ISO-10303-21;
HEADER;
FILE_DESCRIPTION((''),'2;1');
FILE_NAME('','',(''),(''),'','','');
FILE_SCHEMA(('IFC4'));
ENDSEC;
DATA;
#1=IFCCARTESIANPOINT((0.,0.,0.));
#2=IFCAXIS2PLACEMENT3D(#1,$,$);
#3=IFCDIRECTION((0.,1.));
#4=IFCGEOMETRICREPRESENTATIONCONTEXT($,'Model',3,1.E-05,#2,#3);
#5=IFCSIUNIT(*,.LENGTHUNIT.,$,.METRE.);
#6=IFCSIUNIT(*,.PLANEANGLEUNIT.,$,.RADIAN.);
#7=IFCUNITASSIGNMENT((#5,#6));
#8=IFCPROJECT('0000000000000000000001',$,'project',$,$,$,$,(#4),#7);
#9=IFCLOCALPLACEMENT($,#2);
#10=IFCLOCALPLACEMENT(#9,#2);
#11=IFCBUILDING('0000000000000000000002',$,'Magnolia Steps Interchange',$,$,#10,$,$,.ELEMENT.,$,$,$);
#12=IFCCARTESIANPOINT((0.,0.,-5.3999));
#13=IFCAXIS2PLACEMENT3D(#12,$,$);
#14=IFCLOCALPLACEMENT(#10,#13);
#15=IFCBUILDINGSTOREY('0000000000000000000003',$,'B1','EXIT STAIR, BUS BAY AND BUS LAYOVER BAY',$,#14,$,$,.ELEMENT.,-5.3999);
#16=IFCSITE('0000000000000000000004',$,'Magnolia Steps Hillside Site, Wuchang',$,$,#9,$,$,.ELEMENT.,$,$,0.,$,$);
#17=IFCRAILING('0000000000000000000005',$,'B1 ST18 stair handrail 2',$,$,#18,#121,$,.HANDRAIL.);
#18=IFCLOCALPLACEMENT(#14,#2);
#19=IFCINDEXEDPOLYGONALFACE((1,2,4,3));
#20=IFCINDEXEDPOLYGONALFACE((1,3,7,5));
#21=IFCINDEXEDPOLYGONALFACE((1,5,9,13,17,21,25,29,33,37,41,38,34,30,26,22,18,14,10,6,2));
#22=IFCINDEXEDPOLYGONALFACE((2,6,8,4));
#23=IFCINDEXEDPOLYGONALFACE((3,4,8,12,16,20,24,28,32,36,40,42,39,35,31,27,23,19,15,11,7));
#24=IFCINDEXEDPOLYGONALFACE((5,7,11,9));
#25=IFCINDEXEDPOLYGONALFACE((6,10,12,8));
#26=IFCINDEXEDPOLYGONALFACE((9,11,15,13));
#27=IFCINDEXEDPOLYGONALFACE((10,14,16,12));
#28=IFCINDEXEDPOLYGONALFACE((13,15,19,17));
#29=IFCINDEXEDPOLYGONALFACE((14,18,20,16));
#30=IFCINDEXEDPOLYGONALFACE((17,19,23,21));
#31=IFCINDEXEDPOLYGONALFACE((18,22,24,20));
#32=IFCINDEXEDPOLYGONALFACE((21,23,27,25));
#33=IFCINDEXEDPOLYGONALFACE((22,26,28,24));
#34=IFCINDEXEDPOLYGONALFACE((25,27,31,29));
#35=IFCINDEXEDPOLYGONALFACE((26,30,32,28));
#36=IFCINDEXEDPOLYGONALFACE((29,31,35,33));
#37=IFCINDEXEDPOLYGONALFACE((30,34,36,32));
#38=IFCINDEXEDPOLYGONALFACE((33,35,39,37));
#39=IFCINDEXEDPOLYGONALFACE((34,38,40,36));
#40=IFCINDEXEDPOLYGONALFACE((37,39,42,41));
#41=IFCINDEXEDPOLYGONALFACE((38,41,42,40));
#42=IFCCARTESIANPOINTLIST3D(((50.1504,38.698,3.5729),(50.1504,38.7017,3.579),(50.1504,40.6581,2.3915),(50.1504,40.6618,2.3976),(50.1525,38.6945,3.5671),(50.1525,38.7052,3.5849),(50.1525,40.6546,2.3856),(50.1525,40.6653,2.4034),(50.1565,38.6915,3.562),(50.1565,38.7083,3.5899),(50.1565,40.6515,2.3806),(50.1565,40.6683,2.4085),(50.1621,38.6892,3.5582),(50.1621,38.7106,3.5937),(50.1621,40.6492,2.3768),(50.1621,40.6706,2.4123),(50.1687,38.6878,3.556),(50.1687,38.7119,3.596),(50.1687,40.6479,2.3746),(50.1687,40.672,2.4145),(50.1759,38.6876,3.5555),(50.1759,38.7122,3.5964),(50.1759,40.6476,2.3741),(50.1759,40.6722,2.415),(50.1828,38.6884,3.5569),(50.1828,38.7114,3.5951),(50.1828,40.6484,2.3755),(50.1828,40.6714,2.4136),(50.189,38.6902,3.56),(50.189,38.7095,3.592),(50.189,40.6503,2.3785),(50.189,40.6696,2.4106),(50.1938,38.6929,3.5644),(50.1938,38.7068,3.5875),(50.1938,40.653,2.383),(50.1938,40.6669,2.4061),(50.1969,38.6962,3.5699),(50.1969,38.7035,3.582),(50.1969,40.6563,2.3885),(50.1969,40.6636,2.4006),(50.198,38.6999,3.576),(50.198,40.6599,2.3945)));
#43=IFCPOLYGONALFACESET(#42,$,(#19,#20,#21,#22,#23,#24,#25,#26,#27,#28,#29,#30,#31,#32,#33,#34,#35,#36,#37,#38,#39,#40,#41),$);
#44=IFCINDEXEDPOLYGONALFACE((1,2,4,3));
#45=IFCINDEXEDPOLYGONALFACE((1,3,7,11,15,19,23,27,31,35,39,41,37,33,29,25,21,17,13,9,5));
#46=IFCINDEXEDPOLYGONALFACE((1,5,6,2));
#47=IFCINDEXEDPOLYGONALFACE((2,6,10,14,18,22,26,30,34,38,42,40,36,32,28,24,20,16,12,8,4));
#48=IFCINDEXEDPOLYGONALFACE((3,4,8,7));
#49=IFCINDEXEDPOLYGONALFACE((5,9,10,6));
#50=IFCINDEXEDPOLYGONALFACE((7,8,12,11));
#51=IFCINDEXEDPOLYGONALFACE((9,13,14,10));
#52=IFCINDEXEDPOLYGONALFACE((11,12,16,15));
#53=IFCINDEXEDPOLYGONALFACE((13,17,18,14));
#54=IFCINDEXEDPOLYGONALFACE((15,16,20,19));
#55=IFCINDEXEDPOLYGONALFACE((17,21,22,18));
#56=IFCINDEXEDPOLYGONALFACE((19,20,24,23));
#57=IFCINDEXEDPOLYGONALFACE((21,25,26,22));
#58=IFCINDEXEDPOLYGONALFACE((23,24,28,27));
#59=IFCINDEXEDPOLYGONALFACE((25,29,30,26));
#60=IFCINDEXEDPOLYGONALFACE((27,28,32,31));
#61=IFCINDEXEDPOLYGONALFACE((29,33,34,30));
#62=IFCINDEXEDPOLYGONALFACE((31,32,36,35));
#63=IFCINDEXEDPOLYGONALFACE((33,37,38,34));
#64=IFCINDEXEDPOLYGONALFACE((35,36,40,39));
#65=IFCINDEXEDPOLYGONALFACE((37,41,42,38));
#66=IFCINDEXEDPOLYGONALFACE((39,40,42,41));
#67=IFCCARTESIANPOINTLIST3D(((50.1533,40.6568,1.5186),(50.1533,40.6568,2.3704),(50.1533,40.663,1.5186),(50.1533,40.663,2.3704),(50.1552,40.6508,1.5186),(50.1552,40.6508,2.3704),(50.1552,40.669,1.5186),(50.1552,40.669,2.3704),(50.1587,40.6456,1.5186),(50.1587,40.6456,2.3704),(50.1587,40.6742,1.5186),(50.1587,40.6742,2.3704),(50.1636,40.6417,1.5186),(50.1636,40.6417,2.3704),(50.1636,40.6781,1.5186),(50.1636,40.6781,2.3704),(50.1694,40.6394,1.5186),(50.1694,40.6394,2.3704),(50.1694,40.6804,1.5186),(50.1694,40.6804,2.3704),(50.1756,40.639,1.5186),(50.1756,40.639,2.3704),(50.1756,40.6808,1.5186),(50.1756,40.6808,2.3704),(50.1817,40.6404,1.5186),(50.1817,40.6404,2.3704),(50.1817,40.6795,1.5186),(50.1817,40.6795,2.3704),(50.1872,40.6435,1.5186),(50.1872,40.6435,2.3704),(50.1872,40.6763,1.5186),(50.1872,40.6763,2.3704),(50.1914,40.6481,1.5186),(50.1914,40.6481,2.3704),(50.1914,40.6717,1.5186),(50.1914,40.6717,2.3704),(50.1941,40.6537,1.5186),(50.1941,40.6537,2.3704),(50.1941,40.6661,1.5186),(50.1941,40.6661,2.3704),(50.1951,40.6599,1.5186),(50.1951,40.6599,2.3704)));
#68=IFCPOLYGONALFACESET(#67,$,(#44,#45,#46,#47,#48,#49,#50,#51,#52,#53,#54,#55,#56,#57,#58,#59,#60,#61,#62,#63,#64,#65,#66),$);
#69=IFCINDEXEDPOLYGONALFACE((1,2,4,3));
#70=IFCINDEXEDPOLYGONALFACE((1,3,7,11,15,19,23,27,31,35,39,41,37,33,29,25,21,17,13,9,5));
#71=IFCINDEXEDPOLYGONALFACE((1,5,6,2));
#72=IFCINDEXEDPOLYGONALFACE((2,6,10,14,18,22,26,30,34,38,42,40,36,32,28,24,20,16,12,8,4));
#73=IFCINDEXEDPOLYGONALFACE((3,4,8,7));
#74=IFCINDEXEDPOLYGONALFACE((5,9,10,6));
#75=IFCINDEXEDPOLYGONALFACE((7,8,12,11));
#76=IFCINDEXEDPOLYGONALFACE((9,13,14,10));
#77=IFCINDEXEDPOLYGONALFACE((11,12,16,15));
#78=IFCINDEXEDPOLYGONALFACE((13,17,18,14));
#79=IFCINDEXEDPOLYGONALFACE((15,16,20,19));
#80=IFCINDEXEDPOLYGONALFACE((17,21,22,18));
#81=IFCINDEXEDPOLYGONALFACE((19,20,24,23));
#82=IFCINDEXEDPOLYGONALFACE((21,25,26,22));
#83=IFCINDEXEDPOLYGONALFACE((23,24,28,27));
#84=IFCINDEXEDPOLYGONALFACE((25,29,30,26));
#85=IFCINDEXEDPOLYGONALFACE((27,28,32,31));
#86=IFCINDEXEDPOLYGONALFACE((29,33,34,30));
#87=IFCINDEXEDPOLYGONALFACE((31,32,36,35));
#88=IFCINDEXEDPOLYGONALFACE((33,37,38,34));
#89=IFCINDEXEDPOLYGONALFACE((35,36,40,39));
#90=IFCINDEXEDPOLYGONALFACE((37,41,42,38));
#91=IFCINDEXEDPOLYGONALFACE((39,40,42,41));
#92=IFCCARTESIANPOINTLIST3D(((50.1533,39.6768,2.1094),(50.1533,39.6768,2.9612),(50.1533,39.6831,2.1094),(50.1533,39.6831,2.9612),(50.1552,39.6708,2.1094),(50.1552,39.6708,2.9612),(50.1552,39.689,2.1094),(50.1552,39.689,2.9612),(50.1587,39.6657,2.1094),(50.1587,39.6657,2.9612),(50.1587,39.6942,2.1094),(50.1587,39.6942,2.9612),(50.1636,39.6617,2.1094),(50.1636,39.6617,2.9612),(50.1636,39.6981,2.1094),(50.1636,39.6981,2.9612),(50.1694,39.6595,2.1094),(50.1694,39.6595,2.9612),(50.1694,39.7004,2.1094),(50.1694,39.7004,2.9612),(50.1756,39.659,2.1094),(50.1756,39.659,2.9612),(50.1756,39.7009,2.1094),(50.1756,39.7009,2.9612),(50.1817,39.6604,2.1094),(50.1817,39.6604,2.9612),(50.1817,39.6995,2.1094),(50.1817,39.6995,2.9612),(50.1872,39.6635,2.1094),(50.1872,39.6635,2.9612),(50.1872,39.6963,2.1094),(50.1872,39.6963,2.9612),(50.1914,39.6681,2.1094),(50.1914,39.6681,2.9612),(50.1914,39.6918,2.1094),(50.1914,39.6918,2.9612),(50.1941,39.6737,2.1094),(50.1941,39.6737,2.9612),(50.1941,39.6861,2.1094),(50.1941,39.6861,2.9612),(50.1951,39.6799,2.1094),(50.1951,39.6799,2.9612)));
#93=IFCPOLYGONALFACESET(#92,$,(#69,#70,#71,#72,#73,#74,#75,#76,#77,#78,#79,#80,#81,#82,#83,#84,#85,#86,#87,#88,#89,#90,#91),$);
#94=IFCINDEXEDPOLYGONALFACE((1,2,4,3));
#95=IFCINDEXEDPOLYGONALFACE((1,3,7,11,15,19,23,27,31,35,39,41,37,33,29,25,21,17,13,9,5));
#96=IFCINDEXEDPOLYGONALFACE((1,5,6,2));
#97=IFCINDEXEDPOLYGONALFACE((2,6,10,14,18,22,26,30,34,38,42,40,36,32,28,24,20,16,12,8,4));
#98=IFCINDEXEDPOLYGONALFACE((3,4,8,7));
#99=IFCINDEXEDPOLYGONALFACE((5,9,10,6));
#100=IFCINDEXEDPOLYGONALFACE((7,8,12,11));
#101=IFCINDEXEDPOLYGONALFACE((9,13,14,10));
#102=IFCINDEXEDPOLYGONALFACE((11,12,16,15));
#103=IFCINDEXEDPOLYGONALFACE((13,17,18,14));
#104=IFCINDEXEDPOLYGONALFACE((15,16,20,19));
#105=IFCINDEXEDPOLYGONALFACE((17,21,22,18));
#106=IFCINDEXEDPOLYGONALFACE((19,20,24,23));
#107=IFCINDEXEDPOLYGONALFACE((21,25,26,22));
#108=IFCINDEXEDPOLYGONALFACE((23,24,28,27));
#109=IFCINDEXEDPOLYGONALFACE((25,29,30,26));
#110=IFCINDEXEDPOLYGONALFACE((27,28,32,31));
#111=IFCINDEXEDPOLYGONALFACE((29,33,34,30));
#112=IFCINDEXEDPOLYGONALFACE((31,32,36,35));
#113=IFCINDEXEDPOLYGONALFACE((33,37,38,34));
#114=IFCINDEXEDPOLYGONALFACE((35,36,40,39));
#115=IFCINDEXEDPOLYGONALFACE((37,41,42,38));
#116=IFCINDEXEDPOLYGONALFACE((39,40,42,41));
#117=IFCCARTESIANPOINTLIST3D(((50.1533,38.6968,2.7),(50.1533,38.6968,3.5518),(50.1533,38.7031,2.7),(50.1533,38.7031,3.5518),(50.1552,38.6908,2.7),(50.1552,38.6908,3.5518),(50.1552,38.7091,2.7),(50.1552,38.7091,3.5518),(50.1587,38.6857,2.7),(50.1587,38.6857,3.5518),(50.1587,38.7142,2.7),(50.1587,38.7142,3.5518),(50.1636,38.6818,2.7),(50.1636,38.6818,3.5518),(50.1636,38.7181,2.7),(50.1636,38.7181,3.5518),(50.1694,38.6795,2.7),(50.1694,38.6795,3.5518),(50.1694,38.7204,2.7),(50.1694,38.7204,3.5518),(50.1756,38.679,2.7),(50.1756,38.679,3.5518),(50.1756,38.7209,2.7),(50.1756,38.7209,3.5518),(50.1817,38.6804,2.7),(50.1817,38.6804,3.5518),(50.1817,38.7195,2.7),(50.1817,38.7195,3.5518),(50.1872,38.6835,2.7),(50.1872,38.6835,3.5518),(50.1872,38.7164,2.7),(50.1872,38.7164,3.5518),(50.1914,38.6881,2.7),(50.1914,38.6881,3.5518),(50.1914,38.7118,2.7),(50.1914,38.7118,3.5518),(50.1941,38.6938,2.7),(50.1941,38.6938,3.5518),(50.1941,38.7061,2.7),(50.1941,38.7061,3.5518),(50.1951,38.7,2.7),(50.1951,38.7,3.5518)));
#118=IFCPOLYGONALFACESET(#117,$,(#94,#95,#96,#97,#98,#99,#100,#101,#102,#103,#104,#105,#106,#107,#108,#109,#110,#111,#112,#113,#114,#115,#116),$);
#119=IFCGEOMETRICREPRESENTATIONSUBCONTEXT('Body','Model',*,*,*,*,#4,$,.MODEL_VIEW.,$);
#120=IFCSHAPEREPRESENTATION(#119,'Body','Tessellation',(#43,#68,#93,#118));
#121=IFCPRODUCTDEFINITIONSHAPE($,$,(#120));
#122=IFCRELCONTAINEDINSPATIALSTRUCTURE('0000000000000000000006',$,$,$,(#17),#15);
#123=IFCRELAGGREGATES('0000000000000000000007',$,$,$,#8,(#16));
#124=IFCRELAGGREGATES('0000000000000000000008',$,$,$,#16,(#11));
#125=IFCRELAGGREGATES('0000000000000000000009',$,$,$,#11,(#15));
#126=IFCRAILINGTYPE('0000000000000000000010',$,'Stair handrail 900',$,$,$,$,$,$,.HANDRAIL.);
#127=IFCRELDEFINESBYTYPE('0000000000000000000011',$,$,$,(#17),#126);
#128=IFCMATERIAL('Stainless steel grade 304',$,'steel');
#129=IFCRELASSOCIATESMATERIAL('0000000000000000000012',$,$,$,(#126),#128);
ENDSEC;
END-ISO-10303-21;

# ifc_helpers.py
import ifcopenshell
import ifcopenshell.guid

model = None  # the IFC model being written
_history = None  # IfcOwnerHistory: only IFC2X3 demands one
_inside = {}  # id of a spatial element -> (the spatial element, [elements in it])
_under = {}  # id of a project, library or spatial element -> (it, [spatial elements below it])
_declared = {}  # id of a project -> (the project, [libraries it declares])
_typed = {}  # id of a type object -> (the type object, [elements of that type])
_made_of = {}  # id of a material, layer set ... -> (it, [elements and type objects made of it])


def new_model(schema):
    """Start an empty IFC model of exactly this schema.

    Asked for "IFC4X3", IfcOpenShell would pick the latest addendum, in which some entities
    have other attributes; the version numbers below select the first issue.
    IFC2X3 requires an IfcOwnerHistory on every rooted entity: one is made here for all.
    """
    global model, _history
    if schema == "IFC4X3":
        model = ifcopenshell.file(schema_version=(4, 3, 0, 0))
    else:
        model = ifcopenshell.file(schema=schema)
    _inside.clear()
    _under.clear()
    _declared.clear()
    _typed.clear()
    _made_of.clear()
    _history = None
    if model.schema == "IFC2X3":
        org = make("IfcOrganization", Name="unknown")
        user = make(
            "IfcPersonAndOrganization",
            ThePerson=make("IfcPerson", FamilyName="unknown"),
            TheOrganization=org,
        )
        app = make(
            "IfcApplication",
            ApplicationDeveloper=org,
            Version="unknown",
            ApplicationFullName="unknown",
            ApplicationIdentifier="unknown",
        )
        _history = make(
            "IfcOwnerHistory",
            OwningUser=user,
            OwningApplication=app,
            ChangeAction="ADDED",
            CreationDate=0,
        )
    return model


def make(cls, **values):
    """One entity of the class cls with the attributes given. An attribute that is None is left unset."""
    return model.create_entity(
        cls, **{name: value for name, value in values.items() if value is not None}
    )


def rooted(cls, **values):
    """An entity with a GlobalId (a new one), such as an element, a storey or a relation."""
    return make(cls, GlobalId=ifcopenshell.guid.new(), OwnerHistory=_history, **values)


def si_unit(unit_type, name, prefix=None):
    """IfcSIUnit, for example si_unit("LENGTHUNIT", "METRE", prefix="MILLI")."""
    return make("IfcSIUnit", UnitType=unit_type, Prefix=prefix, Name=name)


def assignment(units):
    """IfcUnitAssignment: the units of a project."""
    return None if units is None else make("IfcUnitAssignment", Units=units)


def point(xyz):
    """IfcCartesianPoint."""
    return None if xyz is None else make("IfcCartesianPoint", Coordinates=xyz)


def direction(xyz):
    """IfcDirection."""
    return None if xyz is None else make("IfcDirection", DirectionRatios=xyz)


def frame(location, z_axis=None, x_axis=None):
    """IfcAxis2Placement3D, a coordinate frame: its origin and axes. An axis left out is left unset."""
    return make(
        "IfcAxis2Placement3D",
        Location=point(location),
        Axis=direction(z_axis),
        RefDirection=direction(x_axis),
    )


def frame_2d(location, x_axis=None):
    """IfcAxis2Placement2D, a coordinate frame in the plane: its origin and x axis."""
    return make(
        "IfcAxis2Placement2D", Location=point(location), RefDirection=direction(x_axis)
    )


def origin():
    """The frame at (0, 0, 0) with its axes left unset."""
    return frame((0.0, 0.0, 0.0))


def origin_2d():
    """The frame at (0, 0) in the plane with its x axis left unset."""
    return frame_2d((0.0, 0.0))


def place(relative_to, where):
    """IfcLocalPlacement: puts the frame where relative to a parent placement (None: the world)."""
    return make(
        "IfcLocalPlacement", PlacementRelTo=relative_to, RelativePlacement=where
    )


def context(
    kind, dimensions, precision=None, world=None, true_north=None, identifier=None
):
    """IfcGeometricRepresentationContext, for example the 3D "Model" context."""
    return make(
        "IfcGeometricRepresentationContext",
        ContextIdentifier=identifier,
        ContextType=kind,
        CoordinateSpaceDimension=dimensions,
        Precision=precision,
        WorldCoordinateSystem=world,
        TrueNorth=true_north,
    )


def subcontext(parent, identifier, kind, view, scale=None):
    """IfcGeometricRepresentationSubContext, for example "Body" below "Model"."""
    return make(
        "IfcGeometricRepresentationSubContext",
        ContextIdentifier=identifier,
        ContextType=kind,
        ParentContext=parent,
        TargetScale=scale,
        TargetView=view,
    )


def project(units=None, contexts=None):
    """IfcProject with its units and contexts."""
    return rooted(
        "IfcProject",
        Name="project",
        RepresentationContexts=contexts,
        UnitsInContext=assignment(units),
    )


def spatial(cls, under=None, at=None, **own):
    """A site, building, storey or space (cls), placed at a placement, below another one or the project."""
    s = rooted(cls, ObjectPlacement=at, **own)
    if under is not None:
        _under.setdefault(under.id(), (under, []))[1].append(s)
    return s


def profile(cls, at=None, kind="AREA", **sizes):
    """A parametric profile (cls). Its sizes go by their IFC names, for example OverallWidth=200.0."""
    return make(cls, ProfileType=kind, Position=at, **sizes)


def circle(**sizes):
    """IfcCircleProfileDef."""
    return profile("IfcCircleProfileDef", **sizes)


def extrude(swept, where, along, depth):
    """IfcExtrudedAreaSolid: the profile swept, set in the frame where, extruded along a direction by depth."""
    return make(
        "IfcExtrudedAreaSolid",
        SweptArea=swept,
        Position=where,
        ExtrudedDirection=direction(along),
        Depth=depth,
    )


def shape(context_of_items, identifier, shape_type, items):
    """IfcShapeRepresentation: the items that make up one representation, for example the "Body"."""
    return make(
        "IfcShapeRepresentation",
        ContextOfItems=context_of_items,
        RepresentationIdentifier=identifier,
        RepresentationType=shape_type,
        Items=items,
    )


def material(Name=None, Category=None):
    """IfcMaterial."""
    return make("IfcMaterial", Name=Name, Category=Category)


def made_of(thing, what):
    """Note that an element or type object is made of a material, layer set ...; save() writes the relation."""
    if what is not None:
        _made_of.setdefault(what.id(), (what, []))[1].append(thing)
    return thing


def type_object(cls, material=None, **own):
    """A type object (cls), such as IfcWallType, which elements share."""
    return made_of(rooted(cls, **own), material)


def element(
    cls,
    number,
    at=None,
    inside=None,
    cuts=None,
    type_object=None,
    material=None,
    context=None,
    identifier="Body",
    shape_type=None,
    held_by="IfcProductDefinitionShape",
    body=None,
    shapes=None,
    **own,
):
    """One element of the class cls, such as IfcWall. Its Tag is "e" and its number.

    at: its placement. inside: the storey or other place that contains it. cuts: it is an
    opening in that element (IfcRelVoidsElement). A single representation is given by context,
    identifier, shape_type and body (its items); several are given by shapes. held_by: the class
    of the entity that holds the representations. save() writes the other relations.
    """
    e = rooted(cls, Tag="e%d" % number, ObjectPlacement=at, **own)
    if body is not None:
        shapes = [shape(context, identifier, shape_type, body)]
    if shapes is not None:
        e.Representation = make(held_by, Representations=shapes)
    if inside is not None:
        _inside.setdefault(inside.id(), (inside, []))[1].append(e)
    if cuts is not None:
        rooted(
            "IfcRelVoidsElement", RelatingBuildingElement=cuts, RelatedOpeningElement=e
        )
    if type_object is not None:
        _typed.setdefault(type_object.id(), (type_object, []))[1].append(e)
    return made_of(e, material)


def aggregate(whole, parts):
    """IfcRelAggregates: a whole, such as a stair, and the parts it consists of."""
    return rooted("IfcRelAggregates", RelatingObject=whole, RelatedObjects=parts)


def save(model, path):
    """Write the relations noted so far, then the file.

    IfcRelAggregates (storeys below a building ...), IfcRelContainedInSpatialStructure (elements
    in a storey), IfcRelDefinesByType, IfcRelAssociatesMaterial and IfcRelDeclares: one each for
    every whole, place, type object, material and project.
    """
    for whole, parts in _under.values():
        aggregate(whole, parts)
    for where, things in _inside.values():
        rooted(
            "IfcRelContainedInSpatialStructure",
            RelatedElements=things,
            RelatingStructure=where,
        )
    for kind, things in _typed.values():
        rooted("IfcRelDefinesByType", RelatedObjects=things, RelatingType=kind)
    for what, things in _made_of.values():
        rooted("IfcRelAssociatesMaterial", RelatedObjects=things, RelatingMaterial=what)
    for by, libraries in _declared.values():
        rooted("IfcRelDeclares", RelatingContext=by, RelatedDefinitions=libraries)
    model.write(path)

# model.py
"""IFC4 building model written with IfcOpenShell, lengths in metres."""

from ifc_helpers import new_model, si_unit, direction, frame, origin, origin_2d, place, context, subcontext, project, spatial, circle, extrude, material, type_object, element, save


model = new_model("IFC4")

# Units and contexts
model_context = context("Model", 3, precision=1e-05, world=origin(), true_north=direction((0.0, 1.0)))
body_context = subcontext(model_context, "Body", "Model", "MODEL_VIEW")
ifc_project = project(units=[si_unit("LENGTHUNIT", "METRE"), si_unit("PLANEANGLEUNIT", "RADIAN")], contexts=[model_context])

# Site, building, storey
site_placement = place(None, origin())
site = spatial("IfcSite", under=ifc_project, at=site_placement, Name="Magnolia Steps Hillside Site, Wuchang", CompositionType="ELEMENT", RefElevation=0.0)
building_placement = place(site_placement, origin())
building = spatial("IfcBuilding", under=site, at=building_placement, Name="Magnolia Steps Interchange", CompositionType="ELEMENT")
storey_placement = place(building_placement, frame((0.0, 0.0, -5.3999)))
storey = spatial("IfcBuildingStorey", under=building, at=storey_placement, Name="B1", Description="EXIT STAIR, BUS BAY AND BUS LAYOVER BAY", CompositionType="ELEMENT", Elevation=-5.3999)

# Railing
ifc_material_1 = material(Name="Stainless steel grade 304", Category="steel")
railing_type_1 = type_object("IfcRailingType", Name="Stair handrail 900", PredefinedType="HANDRAIL", material=ifc_material_1)
railing_1_placement = place(storey_placement, frame((50.1741, 40.6599, 1.5186)))
element("IfcRailing", 1, at=railing_1_placement, inside=storey, type_object=railing_type_1, Name="B1 ST18 stair handrail 2", PredefinedType="HANDRAIL", context=body_context, shape_type="SweptSolid", body=[
    extrude(circle(Radius=0.0239, at=origin_2d()), frame((0.0, 0.0, 0.876), z_axis=(0.0, -0.856446, 0.516236), x_axis=(1.0, 0.0, 0.0)), (0.0, 0.0, 1.0), 2.2886),
    extrude(circle(Radius=0.021, at=origin_2d()), origin(), (0.0, 0.0, 1.0), 0.8518),
    extrude(circle(Radius=0.021, at=origin_2d()), frame((0.0, -0.98, 0.5908)), (0.0, 0.0, 1.0), 0.8518),
    extrude(circle(Radius=0.021, at=origin_2d()), frame((0.0, -1.96, 1.1814)), (0.0, 0.0, 1.0), 0.8518),
])

save(model, "model.ifc")
